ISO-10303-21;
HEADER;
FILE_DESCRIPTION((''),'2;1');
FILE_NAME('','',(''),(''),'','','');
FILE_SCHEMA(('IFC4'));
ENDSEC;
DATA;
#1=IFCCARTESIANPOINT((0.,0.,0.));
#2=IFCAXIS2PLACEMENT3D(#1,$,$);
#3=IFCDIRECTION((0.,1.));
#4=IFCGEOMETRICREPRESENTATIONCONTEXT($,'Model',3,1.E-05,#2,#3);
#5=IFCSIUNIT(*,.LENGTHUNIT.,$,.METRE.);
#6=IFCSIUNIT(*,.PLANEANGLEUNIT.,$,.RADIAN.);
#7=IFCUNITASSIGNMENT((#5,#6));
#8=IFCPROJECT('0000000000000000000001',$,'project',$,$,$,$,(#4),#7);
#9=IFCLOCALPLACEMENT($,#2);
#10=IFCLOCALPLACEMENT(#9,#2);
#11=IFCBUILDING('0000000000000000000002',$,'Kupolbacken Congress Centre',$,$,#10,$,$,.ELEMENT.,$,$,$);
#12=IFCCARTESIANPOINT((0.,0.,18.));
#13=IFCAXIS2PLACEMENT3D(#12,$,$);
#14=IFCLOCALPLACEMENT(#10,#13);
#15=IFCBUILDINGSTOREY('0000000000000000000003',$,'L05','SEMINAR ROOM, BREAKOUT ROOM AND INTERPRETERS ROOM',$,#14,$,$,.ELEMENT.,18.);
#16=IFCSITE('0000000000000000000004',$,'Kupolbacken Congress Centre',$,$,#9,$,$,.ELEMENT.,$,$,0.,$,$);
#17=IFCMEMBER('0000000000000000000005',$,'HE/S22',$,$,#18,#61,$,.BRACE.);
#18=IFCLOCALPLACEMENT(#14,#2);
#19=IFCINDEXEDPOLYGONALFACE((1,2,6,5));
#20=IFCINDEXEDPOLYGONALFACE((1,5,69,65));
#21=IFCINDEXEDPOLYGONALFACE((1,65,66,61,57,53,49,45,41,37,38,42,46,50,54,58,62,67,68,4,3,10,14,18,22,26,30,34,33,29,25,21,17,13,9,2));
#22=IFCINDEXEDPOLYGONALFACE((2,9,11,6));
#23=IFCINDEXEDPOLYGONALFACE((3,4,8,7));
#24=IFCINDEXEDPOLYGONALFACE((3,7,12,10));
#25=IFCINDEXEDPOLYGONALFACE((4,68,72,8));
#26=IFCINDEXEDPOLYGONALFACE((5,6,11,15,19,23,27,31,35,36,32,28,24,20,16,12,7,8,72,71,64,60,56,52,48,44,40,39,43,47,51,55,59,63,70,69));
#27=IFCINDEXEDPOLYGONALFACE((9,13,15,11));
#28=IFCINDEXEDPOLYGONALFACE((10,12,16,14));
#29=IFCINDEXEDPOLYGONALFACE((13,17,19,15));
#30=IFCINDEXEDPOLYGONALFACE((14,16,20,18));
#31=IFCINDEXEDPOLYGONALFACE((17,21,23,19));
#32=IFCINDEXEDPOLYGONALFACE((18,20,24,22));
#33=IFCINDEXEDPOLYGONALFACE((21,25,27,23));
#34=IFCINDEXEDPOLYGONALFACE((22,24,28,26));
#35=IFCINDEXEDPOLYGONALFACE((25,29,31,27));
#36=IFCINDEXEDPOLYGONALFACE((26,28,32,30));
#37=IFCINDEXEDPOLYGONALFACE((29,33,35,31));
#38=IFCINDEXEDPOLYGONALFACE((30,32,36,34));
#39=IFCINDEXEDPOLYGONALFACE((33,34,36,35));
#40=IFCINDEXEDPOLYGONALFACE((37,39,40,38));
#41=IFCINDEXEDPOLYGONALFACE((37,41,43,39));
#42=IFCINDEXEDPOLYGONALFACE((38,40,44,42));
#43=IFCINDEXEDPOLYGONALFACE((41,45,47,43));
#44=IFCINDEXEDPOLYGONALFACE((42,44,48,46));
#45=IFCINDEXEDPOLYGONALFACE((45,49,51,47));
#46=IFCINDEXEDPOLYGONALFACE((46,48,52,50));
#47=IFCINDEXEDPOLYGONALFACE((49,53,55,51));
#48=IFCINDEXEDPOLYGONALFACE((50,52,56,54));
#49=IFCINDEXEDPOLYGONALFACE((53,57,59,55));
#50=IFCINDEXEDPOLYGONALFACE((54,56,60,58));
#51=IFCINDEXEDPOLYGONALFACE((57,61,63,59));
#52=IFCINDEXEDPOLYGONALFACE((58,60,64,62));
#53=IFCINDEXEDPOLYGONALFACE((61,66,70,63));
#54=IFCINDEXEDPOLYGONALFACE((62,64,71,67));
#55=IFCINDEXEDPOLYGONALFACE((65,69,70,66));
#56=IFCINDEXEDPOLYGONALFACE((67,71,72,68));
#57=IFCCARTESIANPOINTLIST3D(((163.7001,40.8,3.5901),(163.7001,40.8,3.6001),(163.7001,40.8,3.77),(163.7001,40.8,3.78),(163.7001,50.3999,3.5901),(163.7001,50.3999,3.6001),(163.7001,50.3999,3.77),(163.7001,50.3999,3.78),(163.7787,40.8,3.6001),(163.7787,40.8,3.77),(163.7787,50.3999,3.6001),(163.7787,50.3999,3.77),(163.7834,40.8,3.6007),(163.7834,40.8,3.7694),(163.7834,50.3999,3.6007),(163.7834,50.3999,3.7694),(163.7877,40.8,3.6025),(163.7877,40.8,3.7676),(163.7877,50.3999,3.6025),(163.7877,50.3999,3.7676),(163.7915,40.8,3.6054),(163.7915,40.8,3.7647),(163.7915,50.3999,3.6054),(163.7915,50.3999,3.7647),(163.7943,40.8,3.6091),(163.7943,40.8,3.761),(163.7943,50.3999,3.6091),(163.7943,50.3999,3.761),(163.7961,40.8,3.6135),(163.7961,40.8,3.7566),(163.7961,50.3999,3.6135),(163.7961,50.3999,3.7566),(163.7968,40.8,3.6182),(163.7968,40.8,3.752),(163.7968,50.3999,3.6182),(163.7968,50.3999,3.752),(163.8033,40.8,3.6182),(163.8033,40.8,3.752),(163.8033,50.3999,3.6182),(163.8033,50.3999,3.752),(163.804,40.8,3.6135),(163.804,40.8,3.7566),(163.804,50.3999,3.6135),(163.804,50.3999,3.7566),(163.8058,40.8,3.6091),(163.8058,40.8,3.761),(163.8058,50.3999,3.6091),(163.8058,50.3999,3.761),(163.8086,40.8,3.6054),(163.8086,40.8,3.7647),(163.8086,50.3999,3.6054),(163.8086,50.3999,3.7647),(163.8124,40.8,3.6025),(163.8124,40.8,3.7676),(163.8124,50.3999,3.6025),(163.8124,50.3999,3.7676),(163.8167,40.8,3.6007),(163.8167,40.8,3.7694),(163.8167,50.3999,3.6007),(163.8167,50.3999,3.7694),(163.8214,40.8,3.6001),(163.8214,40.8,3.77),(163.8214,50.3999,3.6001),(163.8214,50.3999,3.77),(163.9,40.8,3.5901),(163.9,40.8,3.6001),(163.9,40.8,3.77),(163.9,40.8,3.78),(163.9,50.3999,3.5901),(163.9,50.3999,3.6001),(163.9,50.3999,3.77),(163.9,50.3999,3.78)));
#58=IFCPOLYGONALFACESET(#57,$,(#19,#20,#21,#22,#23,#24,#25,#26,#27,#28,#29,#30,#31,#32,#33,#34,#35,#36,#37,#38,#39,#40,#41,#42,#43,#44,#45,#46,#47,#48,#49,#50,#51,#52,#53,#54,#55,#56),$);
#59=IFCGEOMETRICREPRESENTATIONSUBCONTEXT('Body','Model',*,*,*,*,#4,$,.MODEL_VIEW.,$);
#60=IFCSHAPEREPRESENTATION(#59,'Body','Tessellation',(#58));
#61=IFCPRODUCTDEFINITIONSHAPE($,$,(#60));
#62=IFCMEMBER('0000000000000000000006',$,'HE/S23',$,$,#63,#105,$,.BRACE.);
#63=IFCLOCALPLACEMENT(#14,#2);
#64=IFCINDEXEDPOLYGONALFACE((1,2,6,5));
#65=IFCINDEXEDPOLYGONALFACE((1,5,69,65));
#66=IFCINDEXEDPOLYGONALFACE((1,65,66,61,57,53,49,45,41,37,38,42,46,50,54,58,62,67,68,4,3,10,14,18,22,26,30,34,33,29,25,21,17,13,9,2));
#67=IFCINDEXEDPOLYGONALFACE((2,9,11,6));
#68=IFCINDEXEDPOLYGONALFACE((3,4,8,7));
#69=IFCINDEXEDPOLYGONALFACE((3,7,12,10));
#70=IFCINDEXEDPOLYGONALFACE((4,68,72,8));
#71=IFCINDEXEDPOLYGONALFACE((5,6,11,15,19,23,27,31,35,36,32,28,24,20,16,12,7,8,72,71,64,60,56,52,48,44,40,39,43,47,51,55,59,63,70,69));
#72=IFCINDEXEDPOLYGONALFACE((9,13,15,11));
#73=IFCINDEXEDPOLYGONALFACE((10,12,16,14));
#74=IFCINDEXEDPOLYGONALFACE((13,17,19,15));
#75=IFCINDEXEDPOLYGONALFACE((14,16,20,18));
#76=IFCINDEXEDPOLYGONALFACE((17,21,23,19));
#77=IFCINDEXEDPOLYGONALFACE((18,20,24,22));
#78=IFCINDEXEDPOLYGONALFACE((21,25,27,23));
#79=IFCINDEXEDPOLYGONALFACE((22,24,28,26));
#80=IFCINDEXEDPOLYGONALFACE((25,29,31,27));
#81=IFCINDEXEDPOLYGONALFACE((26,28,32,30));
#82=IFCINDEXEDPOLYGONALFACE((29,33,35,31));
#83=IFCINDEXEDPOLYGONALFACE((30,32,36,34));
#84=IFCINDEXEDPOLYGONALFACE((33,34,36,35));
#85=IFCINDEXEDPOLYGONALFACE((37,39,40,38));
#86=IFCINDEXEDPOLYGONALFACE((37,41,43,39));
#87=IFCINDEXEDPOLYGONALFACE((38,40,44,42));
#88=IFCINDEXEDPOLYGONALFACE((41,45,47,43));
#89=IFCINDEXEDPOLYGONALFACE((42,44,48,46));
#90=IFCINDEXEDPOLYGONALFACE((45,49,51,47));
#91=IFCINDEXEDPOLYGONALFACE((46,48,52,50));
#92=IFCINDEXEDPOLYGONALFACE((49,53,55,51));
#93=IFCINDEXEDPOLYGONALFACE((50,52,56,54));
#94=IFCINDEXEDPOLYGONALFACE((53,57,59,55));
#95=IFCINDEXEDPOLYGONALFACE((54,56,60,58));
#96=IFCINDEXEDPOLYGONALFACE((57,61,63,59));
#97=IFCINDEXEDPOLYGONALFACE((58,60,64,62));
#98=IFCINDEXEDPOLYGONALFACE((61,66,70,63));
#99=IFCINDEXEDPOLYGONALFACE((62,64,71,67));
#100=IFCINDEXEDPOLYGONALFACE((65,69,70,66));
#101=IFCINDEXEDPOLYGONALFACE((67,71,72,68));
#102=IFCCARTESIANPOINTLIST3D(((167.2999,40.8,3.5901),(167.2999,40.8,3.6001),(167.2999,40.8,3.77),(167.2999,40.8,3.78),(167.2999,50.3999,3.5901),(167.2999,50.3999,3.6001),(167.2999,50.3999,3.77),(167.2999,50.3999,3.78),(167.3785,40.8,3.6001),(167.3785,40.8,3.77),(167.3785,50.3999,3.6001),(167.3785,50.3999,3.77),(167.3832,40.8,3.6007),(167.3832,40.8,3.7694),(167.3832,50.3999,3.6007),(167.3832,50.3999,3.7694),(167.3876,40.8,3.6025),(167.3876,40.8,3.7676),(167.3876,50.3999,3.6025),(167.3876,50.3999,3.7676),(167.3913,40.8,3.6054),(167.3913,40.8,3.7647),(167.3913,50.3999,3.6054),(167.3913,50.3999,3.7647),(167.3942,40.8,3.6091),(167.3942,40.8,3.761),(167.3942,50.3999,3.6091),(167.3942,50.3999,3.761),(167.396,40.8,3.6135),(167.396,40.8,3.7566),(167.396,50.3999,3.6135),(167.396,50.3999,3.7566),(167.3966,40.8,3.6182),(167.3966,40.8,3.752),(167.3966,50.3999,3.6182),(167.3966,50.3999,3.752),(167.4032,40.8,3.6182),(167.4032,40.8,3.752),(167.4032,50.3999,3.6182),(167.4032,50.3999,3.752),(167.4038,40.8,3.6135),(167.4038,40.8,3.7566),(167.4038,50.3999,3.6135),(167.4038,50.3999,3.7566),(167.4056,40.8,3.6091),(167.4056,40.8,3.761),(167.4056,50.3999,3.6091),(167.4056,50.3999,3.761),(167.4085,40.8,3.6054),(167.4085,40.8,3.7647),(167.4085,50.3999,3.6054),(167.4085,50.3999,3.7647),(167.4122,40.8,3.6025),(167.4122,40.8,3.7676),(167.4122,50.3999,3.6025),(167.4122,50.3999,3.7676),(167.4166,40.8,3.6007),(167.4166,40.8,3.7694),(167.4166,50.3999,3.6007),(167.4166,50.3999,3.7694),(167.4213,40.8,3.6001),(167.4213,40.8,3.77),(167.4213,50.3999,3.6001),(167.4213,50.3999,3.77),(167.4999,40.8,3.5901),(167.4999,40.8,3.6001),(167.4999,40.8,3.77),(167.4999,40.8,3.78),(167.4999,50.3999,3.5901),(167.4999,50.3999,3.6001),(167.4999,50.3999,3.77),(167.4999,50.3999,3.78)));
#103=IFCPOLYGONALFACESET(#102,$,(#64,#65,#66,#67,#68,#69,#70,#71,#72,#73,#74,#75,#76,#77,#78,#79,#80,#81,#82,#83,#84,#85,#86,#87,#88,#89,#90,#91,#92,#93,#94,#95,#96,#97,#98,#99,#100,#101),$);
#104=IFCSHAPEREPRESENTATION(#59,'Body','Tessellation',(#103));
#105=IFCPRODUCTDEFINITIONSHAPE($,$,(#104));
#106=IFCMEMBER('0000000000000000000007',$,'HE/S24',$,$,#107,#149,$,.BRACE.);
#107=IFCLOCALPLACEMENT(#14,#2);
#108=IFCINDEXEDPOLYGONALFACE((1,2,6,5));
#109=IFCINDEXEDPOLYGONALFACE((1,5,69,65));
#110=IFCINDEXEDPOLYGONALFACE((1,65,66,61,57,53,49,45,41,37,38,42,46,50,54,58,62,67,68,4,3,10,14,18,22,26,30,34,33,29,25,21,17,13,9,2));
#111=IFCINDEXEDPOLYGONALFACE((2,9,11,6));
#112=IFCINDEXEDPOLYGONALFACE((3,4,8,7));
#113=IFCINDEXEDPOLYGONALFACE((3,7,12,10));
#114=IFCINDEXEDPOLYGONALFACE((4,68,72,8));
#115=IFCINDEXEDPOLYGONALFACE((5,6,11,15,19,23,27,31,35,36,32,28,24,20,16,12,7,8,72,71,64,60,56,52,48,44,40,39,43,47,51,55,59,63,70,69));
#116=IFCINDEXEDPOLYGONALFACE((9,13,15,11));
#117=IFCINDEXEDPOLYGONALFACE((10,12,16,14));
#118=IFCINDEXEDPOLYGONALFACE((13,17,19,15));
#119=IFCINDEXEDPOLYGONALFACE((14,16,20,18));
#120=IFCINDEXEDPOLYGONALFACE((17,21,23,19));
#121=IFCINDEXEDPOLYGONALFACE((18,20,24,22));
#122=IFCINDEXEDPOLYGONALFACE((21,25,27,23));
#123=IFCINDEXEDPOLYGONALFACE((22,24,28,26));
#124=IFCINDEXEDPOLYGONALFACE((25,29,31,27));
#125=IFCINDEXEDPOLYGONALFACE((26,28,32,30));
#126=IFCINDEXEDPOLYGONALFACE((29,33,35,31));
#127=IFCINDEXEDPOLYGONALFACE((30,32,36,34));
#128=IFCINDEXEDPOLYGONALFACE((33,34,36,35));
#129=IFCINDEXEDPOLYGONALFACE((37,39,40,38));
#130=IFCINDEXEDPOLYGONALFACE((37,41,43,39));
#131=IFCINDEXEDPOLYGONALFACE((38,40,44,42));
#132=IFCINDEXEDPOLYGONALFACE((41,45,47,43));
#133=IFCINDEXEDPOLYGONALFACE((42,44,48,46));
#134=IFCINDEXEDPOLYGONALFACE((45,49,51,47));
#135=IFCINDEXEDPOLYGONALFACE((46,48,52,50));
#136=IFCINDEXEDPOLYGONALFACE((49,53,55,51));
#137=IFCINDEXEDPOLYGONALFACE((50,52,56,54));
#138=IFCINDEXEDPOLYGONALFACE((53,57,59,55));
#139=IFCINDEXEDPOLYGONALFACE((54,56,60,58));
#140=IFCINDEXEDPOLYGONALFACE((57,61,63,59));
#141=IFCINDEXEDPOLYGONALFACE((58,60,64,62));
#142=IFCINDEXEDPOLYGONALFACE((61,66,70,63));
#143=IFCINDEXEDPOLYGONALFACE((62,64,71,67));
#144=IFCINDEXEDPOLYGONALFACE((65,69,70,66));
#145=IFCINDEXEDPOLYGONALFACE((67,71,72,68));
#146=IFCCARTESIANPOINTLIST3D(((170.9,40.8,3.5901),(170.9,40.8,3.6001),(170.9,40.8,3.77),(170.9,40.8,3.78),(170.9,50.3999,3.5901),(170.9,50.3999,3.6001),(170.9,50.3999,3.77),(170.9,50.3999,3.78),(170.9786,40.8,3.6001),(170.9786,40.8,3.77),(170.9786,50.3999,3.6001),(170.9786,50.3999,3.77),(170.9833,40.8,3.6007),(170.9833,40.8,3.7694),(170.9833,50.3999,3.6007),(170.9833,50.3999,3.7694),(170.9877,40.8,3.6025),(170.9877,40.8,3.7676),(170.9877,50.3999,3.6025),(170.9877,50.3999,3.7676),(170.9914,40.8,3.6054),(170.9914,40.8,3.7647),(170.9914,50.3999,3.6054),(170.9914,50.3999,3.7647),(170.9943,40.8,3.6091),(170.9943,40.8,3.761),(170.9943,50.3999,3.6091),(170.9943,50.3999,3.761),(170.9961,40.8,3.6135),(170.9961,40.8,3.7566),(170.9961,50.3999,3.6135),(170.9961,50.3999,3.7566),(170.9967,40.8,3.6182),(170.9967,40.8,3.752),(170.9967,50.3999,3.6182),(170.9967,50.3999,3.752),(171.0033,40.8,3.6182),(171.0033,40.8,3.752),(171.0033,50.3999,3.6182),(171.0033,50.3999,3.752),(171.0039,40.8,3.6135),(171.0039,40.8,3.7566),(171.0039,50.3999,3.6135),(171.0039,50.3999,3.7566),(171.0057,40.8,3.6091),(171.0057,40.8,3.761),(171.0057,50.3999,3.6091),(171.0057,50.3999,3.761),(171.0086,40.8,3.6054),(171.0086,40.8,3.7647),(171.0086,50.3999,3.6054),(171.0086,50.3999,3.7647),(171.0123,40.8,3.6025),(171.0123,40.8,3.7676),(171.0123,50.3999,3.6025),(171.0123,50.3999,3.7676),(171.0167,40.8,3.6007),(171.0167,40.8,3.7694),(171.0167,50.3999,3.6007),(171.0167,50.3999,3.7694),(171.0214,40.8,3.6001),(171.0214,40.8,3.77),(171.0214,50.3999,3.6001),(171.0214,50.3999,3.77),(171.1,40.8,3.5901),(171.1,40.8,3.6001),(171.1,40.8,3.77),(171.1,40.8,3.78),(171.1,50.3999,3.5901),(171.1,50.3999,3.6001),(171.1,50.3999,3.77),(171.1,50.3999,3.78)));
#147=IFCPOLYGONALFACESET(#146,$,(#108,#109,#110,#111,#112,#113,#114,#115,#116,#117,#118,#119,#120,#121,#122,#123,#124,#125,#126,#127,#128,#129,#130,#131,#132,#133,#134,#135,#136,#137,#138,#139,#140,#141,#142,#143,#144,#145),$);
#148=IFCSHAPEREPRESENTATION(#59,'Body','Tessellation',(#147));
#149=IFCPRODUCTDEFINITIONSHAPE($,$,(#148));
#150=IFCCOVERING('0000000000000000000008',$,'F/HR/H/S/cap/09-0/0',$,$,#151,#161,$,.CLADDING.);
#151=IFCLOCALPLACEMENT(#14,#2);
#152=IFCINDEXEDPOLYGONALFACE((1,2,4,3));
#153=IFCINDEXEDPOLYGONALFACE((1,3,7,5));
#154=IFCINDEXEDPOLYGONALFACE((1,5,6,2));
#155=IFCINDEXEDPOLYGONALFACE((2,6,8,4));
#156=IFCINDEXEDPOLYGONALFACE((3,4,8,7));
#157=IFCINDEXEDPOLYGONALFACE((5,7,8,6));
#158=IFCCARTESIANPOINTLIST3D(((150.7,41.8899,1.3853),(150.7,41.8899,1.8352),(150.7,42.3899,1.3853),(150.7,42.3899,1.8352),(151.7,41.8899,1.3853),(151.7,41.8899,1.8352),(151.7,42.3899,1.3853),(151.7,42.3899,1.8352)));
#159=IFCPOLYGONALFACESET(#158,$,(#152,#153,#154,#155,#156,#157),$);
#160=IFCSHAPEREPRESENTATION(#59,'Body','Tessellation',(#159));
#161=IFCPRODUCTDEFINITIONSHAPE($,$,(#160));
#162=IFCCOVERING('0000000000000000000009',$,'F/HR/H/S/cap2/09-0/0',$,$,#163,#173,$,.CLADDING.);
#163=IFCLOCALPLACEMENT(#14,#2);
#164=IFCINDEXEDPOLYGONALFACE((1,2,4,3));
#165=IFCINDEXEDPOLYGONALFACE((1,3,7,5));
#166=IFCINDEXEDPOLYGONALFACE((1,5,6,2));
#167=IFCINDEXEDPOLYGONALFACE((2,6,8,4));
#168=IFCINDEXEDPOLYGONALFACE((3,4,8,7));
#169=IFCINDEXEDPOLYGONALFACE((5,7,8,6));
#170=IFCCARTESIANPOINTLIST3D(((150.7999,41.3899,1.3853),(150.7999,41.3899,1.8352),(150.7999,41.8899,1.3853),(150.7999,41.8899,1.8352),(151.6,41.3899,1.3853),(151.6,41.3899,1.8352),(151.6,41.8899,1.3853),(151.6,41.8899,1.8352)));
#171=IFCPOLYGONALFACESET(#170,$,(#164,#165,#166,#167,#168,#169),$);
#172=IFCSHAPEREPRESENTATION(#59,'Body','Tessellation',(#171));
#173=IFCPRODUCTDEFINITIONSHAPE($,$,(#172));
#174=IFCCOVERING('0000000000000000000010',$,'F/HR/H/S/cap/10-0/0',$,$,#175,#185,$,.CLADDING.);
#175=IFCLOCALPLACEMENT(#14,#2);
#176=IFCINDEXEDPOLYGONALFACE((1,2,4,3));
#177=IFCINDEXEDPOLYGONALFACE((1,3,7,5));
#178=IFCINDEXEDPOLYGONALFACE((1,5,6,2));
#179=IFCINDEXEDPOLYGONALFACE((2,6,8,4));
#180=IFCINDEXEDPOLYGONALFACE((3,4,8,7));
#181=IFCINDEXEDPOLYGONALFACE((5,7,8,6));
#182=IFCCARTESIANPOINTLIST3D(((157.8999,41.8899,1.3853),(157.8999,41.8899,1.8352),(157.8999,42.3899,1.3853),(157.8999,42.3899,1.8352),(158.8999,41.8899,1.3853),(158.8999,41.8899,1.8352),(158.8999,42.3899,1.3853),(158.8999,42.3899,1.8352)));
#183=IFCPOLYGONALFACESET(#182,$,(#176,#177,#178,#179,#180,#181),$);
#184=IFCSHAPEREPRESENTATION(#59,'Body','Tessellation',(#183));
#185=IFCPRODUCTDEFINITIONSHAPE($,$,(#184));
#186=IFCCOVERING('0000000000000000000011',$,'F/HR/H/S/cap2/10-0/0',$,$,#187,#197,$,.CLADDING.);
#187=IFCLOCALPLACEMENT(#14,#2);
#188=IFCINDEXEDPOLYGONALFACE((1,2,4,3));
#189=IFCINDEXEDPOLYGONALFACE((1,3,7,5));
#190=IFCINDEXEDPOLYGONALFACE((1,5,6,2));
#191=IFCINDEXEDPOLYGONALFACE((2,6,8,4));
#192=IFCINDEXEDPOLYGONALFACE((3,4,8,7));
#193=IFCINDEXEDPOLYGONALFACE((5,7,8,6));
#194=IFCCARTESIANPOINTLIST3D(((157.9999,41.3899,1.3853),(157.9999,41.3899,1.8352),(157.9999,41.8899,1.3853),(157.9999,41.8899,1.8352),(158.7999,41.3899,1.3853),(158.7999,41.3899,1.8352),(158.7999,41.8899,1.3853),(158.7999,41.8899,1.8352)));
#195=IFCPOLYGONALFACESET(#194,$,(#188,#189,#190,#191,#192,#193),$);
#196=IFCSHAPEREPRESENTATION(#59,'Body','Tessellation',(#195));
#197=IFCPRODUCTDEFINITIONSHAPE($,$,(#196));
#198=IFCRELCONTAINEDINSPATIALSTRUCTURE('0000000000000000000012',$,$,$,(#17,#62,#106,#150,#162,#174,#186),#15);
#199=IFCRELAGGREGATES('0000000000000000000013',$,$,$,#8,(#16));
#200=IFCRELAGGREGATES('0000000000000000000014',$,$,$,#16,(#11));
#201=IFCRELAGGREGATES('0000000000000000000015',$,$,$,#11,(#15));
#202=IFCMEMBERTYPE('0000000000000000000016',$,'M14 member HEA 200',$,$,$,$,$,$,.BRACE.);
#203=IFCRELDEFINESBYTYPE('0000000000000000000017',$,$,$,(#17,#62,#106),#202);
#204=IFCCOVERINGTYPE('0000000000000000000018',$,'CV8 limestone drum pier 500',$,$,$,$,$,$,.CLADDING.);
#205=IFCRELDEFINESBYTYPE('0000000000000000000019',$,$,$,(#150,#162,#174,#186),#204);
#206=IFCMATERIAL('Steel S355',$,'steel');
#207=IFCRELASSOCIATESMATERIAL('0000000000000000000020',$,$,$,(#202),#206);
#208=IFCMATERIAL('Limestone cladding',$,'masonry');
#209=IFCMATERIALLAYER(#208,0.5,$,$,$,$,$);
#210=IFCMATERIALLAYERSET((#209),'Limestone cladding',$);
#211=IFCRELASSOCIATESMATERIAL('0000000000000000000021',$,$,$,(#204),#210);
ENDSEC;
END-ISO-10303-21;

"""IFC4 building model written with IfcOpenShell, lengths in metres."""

from ifc_helpers import new_model, si_unit, direction, frame, origin, origin_2d, place, context, subcontext, project, spatial, rectangle, i_section, extrude, material, layer, layer_set, material_profile, profile_set, type_object, element, save


model = new_model("IFC4")

# Units and contexts
model_context = context("Model", 3, precision=1e-05, world=origin(), true_north=direction((0.0, 1.0)))
body_context = subcontext(model_context, "Body", "Model", "MODEL_VIEW")
ifc_project = project(units=[si_unit("LENGTHUNIT", "METRE"), si_unit("PLANEANGLEUNIT", "RADIAN")], contexts=[model_context])

# Site, building, storey
site_placement = place(None, origin())
site = spatial("IfcSite", under=ifc_project, at=site_placement, Name="Kupolbacken Congress Centre", CompositionType="ELEMENT", RefElevation=0.0)
building_placement = place(site_placement, origin())
building = spatial("IfcBuilding", under=site, at=building_placement, Name="Kupolbacken Congress Centre", CompositionType="ELEMENT")
storey_placement = place(building_placement, frame((0.0, 0.0, 18.0)))
storey = spatial("IfcBuildingStorey", under=building, at=storey_placement, Name="L05", Description="SEMINAR ROOM, BREAKOUT ROOM AND INTERPRETERS ROOM", CompositionType="ELEMENT", Elevation=18.0)

# Members
ifc_material_1 = material(Name="Steel S355", Category="steel")
ifc_material_profile_1 = material_profile(ifc_material_1, i_section(OverallWidth=0.2, OverallDepth=0.1899, WebThickness=0.0066, FlangeThickness=0.01, FilletRadius=0.0181, at=origin_2d()), Name="HEA 200")
ifc_profile_set_1 = profile_set([ifc_material_profile_1], Name="Steel S355")
member_type_1 = type_object("IfcMemberType", Name="M14 member HEA 200", PredefinedType="BRACE", material=ifc_profile_set_1)
for number, where, z_axis, x_axis, name in (
    (1, (163.8, 50.3999, 3.6851), (0.0, -1.0, 0.0), (1.0, 0.0, 0.0), "HE/S22"),
    (2, (167.3999, 50.3999, 3.6851), (0.0, -1.0, 0.0), (1.0, 0.0, 0.0), "HE/S23"),
    (3, (171.0, 50.3999, 3.6851), (0.0, -1.0, 0.0), (1.0, 0.0, 0.0), "HE/S24"),
):
    element("IfcMember", number, at=place(storey_placement, frame(where, z_axis=z_axis, x_axis=x_axis)), inside=storey, type_object=member_type_1, Name=name, PredefinedType="BRACE", context=body_context, shape_type="SweptSolid", body=[
        extrude(i_section(OverallWidth=0.2, OverallDepth=0.1899, WebThickness=0.0066, FlangeThickness=0.01, FilletRadius=0.0181, at=origin_2d()), origin(), (0.0, 0.0, 1.0), 9.5999),
    ])

# Coverings
ifc_material_2 = material(Name="Limestone cladding", Category="masonry")
ifc_layer = layer(ifc_material_2, 0.5)
ifc_layer_set = layer_set([ifc_layer], Name="Limestone cladding")
covering_type = type_object("IfcCoveringType", Name="CV8 limestone drum pier 500", PredefinedType="CLADDING", material=ifc_layer_set)
covering_1_placement = place(storey_placement, frame((151.2, 42.1399, 1.3853), z_axis=(0.0, 0.0, 1.0), x_axis=(1.0, 0.0, 0.0)))
element("IfcCovering", 4, at=covering_1_placement, inside=storey, type_object=covering_type, Name="F/HR/H/S/cap/09-0/0", PredefinedType="CLADDING", context=body_context, shape_type="SweptSolid", body=[
    extrude(rectangle(XDim=1.0, YDim=0.5, at=origin_2d()), origin(), (0.0, 0.0, 1.0), 0.45),
])
covering_2_placement = place(storey_placement, frame((151.2, 41.6399, 1.3853), z_axis=(0.0, 0.0, 1.0), x_axis=(1.0, 0.0, 0.0)))
element("IfcCovering", 5, at=covering_2_placement, inside=storey, type_object=covering_type, Name="F/HR/H/S/cap2/09-0/0", PredefinedType="CLADDING", context=body_context, shape_type="SweptSolid", body=[
    extrude(rectangle(XDim=0.8, YDim=0.5, at=origin_2d()), origin(), (0.0, 0.0, 1.0), 0.45),
])
covering_3_placement = place(storey_placement, frame((158.3999, 42.1399, 1.3853), z_axis=(0.0, 0.0, 1.0), x_axis=(1.0, 0.0, 0.0)))
element("IfcCovering", 6, at=covering_3_placement, inside=storey, type_object=covering_type, Name="F/HR/H/S/cap/10-0/0", PredefinedType="CLADDING", context=body_context, shape_type="SweptSolid", body=[
    extrude(rectangle(XDim=1.0, YDim=0.5, at=origin_2d()), origin(), (0.0, 0.0, 1.0), 0.45),
])
covering_4_placement = place(storey_placement, frame((158.3999, 41.6399, 1.3853), z_axis=(0.0, 0.0, 1.0), x_axis=(1.0, 0.0, 0.0)))
element("IfcCovering", 7, at=covering_4_placement, inside=storey, type_object=covering_type, Name="F/HR/H/S/cap2/10-0/0", PredefinedType="CLADDING", context=body_context, shape_type="SweptSolid", body=[
    extrude(rectangle(XDim=0.8, YDim=0.5, at=origin_2d()), origin(), (0.0, 0.0, 1.0), 0.45),
])

save(model, "model.ifc")
